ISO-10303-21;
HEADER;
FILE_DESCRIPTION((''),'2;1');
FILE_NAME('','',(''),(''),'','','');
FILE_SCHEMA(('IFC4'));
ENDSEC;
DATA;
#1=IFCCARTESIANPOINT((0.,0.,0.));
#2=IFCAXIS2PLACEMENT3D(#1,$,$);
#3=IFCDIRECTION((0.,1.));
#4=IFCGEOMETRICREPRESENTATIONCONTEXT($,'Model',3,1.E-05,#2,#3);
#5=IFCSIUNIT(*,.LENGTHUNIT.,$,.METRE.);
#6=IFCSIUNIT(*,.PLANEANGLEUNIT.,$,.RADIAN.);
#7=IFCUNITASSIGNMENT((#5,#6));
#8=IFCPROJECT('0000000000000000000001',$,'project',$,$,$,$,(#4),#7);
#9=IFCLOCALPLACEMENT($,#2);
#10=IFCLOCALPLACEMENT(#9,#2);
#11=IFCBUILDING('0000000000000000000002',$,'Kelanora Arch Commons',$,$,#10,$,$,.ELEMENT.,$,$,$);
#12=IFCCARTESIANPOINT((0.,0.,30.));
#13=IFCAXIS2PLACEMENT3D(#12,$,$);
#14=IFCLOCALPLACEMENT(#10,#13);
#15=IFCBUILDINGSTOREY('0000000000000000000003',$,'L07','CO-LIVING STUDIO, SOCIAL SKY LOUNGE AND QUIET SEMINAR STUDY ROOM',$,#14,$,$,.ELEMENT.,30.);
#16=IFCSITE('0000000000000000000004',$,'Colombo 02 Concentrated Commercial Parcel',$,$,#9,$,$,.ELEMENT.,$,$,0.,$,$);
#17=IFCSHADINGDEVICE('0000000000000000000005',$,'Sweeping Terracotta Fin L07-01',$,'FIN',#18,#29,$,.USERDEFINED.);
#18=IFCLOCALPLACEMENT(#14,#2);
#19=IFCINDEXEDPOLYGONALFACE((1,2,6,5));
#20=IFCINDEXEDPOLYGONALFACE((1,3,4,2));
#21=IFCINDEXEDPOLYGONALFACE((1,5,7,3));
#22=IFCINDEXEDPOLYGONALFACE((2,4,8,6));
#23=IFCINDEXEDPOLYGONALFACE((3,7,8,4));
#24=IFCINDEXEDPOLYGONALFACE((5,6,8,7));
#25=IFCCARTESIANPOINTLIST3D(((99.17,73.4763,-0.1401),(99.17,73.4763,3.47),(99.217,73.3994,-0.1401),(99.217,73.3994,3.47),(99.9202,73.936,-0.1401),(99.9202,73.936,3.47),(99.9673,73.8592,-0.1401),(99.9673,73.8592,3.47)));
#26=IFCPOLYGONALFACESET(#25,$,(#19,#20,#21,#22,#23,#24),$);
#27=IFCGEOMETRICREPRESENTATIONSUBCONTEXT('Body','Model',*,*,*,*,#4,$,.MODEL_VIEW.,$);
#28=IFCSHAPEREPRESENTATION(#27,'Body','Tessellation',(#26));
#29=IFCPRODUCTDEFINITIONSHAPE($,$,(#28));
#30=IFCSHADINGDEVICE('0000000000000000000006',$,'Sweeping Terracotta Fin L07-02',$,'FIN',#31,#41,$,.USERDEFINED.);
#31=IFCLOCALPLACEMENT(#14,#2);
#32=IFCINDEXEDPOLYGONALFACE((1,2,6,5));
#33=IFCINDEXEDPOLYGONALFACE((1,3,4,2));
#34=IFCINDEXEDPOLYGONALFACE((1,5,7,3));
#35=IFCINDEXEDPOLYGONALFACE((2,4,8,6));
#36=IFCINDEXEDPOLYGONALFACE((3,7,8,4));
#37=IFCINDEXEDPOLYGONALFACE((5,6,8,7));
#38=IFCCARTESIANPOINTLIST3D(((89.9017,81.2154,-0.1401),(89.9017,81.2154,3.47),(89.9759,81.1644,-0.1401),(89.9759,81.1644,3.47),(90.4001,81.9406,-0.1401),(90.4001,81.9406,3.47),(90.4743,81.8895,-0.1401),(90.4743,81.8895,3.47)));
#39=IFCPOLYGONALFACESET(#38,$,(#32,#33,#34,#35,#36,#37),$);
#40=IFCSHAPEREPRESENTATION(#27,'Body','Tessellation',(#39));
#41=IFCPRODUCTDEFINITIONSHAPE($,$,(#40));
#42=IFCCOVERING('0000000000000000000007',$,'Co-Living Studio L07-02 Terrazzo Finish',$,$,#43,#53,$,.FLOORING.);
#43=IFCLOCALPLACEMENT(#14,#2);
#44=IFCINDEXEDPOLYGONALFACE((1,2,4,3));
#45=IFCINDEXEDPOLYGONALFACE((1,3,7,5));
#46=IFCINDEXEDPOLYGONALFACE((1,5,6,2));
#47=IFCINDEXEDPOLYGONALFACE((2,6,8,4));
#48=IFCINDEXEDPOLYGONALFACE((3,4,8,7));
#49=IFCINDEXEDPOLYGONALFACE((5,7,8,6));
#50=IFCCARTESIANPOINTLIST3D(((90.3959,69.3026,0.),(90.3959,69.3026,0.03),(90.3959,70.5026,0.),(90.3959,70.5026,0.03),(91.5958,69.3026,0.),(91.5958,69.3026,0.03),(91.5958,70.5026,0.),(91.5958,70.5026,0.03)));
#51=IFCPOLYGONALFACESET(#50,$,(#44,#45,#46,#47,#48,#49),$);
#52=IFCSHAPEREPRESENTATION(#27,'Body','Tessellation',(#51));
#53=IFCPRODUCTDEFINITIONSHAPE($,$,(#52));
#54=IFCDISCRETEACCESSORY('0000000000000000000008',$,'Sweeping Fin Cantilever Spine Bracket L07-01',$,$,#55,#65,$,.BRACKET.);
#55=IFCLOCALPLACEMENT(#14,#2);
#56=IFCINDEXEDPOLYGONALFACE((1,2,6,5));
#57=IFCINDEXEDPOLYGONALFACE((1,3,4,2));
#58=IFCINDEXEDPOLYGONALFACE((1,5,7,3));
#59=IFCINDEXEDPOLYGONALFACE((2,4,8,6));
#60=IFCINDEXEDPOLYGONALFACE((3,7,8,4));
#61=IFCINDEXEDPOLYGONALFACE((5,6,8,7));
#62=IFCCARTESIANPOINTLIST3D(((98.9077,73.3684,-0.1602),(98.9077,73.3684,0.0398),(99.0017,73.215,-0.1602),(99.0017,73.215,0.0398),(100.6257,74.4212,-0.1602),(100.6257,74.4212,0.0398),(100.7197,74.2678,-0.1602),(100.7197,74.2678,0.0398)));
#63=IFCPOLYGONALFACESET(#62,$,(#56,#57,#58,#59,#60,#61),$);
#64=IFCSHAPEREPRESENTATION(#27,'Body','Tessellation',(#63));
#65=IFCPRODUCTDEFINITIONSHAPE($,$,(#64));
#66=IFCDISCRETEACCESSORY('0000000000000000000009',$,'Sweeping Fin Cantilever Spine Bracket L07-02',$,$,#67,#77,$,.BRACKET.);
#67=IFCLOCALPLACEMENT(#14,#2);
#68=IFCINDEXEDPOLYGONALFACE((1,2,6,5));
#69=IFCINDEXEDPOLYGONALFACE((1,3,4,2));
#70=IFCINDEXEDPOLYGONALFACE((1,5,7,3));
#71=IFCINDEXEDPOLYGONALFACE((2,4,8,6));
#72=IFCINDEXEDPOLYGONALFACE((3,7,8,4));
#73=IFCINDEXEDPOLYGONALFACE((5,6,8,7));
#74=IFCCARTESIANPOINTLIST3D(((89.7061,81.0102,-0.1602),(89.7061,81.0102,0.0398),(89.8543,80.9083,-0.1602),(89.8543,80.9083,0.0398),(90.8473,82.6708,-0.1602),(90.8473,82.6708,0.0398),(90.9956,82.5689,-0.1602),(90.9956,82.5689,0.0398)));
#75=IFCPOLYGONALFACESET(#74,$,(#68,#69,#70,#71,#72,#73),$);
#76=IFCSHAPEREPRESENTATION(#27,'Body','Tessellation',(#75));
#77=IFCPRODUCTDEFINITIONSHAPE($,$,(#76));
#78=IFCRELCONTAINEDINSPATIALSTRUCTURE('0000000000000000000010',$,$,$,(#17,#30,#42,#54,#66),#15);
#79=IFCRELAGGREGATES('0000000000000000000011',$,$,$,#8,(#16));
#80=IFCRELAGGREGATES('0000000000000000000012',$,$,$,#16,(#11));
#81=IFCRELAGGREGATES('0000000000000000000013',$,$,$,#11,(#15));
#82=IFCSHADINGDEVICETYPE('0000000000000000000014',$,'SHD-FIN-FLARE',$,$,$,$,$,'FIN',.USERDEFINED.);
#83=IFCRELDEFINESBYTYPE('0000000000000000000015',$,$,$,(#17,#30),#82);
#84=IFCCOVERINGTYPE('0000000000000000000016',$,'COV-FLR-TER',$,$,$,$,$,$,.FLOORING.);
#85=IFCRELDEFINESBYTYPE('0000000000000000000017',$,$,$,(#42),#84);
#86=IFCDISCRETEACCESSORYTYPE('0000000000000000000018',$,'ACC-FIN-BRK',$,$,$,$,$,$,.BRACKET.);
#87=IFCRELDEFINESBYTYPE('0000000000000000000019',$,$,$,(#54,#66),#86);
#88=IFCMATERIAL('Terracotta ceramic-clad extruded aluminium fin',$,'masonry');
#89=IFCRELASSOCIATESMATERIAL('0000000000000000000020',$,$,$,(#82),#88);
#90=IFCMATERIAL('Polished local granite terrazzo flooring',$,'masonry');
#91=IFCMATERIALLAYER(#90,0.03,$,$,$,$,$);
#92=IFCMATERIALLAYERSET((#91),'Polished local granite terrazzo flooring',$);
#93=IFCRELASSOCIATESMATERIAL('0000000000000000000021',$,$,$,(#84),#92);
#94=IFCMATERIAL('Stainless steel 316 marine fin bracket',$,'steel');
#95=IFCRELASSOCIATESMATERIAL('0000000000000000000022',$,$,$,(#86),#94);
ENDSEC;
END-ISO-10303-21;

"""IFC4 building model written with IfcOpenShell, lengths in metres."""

from ifc_helpers import new_model, si_unit, direction, frame, origin, origin_2d, place, context, subcontext, project, spatial, rectangle, extrude, source, transform, mapped, material, layer, layer_set, type_object, element, save


model = new_model("IFC4")

# Units and contexts
model_context = context("Model", 3, precision=1e-05, world=origin(), true_north=direction((0.0, 1.0)))
body_context = subcontext(model_context, "Body", "Model", "MODEL_VIEW")
ifc_project = project(units=[si_unit("LENGTHUNIT", "METRE"), si_unit("PLANEANGLEUNIT", "RADIAN")], contexts=[model_context])

# Site, building, storey
site_placement = place(None, origin())
site = spatial("IfcSite", under=ifc_project, at=site_placement, Name="Colombo 02 Concentrated Commercial Parcel", CompositionType="ELEMENT", RefElevation=0.0)
building_placement = place(site_placement, origin())
building = spatial("IfcBuilding", under=site, at=building_placement, Name="Kelanora Arch Commons", CompositionType="ELEMENT")
storey_placement = place(building_placement, frame((0.0, 0.0, 30.0)))
storey = spatial("IfcBuildingStorey", under=building, at=storey_placement, Name="L07", Description="CO-LIVING STUDIO, SOCIAL SKY LOUNGE AND QUIET SEMINAR STUDY ROOM", CompositionType="ELEMENT", Elevation=30.0)

# Shading devices
ifc_material_1 = material(Name="Terracotta ceramic-clad extruded aluminium fin", Category="masonry")
shading_device_type = type_object("IfcShadingDeviceType", Name="SHD-FIN-FLARE", ElementType="FIN", PredefinedType="USERDEFINED", material=ifc_material_1)
shared_shape_1 = source(origin(), body_context, "Body", "SweptSolid", [
    extrude(rectangle(XDim=0.8799, YDim=0.0901, at=origin_2d()), origin(), (0.0, 0.0, 1.0), 3.6101),
])
for number, where, z_axis, x_axis, name in (
    (1, (99.5686, 73.6677, -0.1401), (0.0, 0.0, 1.0), (0.85264, 0.522499, 0.0), "Sweeping Terracotta Fin L07-01"),
    (2, (90.188, 81.5525, -0.1401), (0.0, 0.0, 1.0), (0.566406, 0.824126, 0.0), "Sweeping Terracotta Fin L07-02"),
):
    element("IfcShadingDevice", number, at=place(storey_placement, frame(where, z_axis=z_axis, x_axis=x_axis)), inside=storey, type_object=shading_device_type, Name=name, ObjectType="FIN", PredefinedType="USERDEFINED", context=body_context, shape_type="MappedRepresentation", body=[
        mapped(shared_shape_1, transform((0.0, 0.0, 0.0), scale=1.0)),
    ])

# Covering
ifc_material_2 = material(Name="Polished local granite terrazzo flooring", Category="masonry")
ifc_layer_1 = layer(ifc_material_2, 0.03)
ifc_layer_set_1 = layer_set([ifc_layer_1], Name="Polished local granite terrazzo flooring")
covering_type = type_object("IfcCoveringType", Name="COV-FLR-TER", PredefinedType="FLOORING", material=ifc_layer_set_1)
shared_shape_2 = source(origin(), body_context, "Body", "SweptSolid", [
    extrude(rectangle(XDim=1.2, YDim=1.2, at=origin_2d()), origin(), (0.0, 0.0, 1.0), 0.03),
])
covering_placement = place(storey_placement, frame((90.9958, 69.9026, 0.0), z_axis=(0.0, 0.0, 1.0), x_axis=(1.0, 0.0, 0.0)))
element("IfcCovering", 3, at=covering_placement, inside=storey, type_object=covering_type, Name="Co-Living Studio L07-02 Terrazzo Finish", PredefinedType="FLOORING", context=body_context, shape_type="MappedRepresentation", body=[
    mapped(shared_shape_2, transform((0.0, 0.0, 0.0), scale=1.0)),
])

# Discrete accessories
ifc_material_3 = material(Name="Stainless steel 316 marine fin bracket", Category="steel")
discrete_accessory_type = type_object("IfcDiscreteAccessoryType", Name="ACC-FIN-BRK", PredefinedType="BRACKET", material=ifc_material_3)
shared_shape_3 = source(origin(), body_context, "Body", "SweptSolid", [
    extrude(rectangle(XDim=2.0149, YDim=0.1799, at=origin_2d()), origin(), (0.0, 0.0, 1.0), 0.2),
])
for number, where, z_axis, x_axis, name in (
    (4, (99.8137, 73.8181, -0.1602), (0.0, 0.0, 1.0), (0.85264, 0.522499, 0.0), "Sweeping Fin Cantilever Spine Bracket L07-01"),
    (5, (90.3508, 81.7896, -0.1602), (0.0, 0.0, 1.0), (0.566406, 0.824126, 0.0), "Sweeping Fin Cantilever Spine Bracket L07-02"),
):
    element("IfcDiscreteAccessory", number, at=place(storey_placement, frame(where, z_axis=z_axis, x_axis=x_axis)), inside=storey, type_object=discrete_accessory_type, Name=name, PredefinedType="BRACKET", context=body_context, shape_type="MappedRepresentation", body=[
        mapped(shared_shape_3, transform((0.0, 0.0, 0.0), scale=1.0)),
    ])

save(model, "model.ifc")
